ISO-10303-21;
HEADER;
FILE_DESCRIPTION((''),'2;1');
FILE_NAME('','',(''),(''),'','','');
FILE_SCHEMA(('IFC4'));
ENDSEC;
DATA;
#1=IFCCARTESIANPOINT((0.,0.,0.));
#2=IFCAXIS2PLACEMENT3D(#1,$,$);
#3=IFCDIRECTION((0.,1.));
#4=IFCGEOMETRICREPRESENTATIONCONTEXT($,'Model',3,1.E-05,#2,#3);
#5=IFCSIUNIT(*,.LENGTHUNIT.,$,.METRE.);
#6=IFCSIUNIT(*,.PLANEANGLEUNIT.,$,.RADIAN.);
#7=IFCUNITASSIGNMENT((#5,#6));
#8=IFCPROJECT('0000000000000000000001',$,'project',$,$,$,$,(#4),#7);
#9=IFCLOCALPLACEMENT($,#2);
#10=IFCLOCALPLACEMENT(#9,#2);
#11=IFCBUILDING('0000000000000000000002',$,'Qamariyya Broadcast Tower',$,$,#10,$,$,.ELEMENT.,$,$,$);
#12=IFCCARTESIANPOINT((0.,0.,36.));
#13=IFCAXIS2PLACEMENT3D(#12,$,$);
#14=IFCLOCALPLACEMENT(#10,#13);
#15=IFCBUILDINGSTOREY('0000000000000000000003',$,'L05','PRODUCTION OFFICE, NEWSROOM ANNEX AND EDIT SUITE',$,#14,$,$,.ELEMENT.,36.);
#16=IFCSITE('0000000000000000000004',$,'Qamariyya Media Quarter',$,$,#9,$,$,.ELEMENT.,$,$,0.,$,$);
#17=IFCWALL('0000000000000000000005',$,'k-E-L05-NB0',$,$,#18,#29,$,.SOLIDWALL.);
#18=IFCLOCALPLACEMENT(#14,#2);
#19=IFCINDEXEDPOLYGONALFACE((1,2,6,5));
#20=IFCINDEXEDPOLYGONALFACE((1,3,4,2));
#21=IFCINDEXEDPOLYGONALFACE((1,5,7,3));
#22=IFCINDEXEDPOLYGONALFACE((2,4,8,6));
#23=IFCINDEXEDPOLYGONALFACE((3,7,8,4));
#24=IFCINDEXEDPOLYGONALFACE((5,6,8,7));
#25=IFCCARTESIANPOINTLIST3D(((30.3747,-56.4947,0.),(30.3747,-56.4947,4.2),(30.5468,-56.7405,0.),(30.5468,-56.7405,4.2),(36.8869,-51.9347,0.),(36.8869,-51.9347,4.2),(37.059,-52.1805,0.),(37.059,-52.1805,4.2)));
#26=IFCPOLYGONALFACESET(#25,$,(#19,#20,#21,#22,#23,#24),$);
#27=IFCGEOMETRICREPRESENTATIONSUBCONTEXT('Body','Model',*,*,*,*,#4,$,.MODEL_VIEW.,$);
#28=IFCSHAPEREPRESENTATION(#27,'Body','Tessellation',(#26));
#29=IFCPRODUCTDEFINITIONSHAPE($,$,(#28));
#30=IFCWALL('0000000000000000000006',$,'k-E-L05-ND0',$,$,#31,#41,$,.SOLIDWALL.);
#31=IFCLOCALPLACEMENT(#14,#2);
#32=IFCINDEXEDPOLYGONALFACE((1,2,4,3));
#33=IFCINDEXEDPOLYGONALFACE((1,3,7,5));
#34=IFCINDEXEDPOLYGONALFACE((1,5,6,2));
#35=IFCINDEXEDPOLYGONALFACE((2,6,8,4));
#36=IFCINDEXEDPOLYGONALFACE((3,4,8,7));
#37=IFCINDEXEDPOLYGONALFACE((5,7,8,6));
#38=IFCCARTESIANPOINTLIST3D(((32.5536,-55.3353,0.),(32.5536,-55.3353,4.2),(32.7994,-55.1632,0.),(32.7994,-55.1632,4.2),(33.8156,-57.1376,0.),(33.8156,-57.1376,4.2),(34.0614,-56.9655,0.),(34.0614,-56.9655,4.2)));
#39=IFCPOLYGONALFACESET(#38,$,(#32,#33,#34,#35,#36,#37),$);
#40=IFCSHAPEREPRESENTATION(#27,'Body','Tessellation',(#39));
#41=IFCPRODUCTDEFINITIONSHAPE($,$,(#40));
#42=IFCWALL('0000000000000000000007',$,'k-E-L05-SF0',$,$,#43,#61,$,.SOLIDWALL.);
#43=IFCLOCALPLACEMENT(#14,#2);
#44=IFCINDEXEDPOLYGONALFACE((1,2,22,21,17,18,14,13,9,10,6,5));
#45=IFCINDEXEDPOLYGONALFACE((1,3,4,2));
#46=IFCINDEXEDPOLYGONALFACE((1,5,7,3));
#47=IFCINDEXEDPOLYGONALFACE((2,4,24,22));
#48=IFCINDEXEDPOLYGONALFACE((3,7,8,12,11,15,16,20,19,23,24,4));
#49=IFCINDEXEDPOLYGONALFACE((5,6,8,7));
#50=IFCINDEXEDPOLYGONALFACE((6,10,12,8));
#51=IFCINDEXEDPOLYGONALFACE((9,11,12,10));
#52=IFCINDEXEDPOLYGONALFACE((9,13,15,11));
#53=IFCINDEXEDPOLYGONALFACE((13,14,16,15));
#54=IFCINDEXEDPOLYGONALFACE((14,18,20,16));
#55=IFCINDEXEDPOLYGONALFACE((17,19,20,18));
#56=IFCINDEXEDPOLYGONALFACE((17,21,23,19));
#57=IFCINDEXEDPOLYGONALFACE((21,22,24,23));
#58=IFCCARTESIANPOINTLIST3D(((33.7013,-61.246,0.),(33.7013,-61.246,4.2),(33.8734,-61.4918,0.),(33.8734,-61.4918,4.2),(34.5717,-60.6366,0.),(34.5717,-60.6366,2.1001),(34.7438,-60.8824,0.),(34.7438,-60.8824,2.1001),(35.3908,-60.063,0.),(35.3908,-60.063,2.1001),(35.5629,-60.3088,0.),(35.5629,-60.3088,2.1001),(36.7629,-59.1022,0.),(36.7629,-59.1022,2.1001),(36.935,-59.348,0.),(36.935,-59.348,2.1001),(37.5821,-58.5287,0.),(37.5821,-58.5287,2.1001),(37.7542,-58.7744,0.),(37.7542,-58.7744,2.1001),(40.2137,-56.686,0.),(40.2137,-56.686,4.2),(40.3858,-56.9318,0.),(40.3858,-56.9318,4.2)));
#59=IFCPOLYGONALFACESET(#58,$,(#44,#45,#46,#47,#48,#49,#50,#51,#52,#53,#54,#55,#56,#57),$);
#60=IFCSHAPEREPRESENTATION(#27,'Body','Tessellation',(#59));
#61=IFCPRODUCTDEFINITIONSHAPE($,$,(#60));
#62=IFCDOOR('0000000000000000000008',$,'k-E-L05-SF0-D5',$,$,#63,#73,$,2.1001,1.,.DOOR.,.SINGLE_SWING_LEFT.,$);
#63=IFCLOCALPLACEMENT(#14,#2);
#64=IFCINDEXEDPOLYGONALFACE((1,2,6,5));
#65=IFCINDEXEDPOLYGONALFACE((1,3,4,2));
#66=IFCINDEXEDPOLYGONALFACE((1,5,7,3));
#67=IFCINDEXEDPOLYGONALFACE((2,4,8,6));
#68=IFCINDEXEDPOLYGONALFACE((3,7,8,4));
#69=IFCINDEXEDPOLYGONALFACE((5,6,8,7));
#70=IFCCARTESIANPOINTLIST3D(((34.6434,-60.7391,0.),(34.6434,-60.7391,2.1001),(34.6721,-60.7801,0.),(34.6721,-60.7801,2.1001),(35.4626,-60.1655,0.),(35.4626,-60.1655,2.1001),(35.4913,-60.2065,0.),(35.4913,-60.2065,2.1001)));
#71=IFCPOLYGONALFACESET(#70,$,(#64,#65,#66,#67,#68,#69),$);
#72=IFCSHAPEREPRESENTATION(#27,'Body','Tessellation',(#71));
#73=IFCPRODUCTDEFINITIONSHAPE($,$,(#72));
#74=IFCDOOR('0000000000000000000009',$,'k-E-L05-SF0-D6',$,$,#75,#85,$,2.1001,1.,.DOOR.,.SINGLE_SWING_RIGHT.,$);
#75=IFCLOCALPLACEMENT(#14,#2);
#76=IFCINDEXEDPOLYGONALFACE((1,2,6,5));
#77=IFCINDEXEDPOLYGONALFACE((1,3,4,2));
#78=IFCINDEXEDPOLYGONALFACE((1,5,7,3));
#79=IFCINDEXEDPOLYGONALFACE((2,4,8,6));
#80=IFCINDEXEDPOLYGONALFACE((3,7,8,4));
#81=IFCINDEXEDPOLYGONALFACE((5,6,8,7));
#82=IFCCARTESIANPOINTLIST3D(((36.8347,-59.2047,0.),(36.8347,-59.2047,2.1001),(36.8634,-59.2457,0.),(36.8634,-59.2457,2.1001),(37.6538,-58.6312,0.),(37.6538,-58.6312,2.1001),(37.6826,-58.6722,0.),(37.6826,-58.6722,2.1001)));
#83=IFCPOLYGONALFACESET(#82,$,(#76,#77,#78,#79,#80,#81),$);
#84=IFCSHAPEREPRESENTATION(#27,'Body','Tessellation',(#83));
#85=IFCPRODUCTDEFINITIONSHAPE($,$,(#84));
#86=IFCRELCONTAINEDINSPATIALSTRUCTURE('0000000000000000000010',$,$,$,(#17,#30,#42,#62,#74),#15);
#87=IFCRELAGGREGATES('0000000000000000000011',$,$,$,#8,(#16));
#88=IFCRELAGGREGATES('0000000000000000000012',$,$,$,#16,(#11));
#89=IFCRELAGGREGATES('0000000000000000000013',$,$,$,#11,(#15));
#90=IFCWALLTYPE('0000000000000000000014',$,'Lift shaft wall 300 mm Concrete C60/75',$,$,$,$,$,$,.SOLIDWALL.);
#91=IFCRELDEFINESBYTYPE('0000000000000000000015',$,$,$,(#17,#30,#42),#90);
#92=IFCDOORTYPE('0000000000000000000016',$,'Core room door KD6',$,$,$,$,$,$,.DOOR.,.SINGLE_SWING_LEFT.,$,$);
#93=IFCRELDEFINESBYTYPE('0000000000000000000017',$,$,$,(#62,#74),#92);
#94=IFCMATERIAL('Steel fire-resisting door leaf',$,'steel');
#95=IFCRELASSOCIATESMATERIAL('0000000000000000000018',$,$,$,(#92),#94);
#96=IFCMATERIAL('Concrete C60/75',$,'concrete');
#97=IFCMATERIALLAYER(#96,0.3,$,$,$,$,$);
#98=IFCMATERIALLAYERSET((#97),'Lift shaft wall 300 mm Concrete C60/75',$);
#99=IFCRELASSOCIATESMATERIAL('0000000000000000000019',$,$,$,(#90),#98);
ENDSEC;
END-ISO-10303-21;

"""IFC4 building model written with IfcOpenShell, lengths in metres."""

from ifc_helpers import new_model, si_unit, direction, frame, frame_2d, origin, place, context, subcontext, project, spatial, rectangle, extrude, material, layer, layer_set, type_object, element, fill, save


model = new_model("IFC4")

# Units and contexts
model_context = context("Model", 3, precision=1e-05, world=origin(), true_north=direction((0.0, 1.0)))
body_context = subcontext(model_context, "Body", "Model", "MODEL_VIEW")
ifc_project = project(units=[si_unit("LENGTHUNIT", "METRE"), si_unit("PLANEANGLEUNIT", "RADIAN")], contexts=[model_context])

# Site, building, storey
site_placement = place(None, origin())
site = spatial("IfcSite", under=ifc_project, at=site_placement, Name="Qamariyya Media Quarter", CompositionType="ELEMENT", RefElevation=0.0)
building_placement = place(site_placement, origin())
building = spatial("IfcBuilding", under=site, at=building_placement, Name="Qamariyya Broadcast Tower", CompositionType="ELEMENT")
storey_placement = place(building_placement, frame((0.0, 0.0, 36.0)))
storey = spatial("IfcBuildingStorey", under=building, at=storey_placement, Name="L05", Description="PRODUCTION OFFICE, NEWSROOM ANNEX AND EDIT SUITE", CompositionType="ELEMENT", Elevation=36.0)

# Shared definitions
ifc_material_1 = material(Name="Steel fire-resisting door leaf", Category="steel")
door_type_1 = type_object("IfcDoorType", Name="Core room door KD6", OperationType="SINGLE_SWING_LEFT", PredefinedType="DOOR", material=ifc_material_1)

# Shared definitions
ifc_material_2 = material(Name="Concrete C60/75", Category="concrete")
ifc_layer_1 = layer(ifc_material_2, 0.3)
ifc_layer_set_1 = layer_set([ifc_layer_1], Name="Lift shaft wall 300 mm Concrete C60/75")
wall_type_1 = type_object("IfcWallType", Name="Lift shaft wall 300 mm Concrete C60/75", PredefinedType="SOLIDWALL", material=ifc_layer_set_1)

# Walls
wall_1_placement = place(storey_placement, frame((30.4607, -56.6177, 0.0), z_axis=(0.0, 0.0, 1.0), x_axis=(0.819142, 0.57359, 0.0)))
element("IfcWall", 1, at=wall_1_placement, inside=storey, type_object=wall_type_1, Name="k-E-L05-NB0", PredefinedType="SOLIDWALL", context=body_context, shape_type="SweptSolid", body=[
    extrude(rectangle(XDim=7.95, YDim=0.3, at=frame_2d((3.9751, 0.0))), origin(), (0.0, 0.0, 1.0), 4.2),
])
wall_2_placement = place(storey_placement, frame((33.9385, -57.0515, 0.0), z_axis=(0.0, 0.0, 1.0), x_axis=(-0.573581, 0.819149, 0.0)))
element("IfcWall", 2, at=wall_2_placement, inside=storey, type_object=wall_type_1, Name="k-E-L05-ND0", PredefinedType="SOLIDWALL", context=body_context, shape_type="SweptSolid", body=[
    extrude(rectangle(XDim=2.2002, YDim=0.3, at=frame_2d((1.1001, 0.0))), origin(), (0.0, 0.0, 1.0), 4.2),
])

# Wall, openings, doors
wall_3_placement = place(storey_placement, frame((33.7874, -61.3689, 0.0), z_axis=(0.0, 0.0, 1.0), x_axis=(0.819153, 0.573576, 0.0)))
wall_3 = element("IfcWall", 3, at=wall_3_placement, inside=storey, type_object=wall_type_1, Name="k-E-L05-SF0", PredefinedType="SOLIDWALL", context=body_context, shape_type="SweptSolid", body=[
    extrude(rectangle(XDim=7.9502, YDim=0.3, at=frame_2d((3.9751, 0.0))), origin(), (0.0, 0.0, 1.0), 4.2),
])
opening_1_placement = place(wall_3_placement, frame((1.0625, 0.0, 0.0)))
opening_1 = element("IfcOpeningElement", 4, at=opening_1_placement, cuts=wall_3, PredefinedType="OPENING", context=body_context, shape_type="SweptSolid", body=[
    extrude(rectangle(XDim=1.0, YDim=2.1001, at=frame_2d((0.5, 1.05))), frame((0.0, 0.1599, 0.0), z_axis=(0.0, -1.0, 0.0), x_axis=(1.0, 0.0, 0.0)), (0.0, 0.0, 1.0), 0.3201),
])
opening_2_placement = place(wall_3_placement, frame((3.7375, 0.0, 0.0)))
opening_2 = element("IfcOpeningElement", 5, at=opening_2_placement, cuts=wall_3, PredefinedType="OPENING", context=body_context, shape_type="SweptSolid", body=[
    extrude(rectangle(XDim=1.0, YDim=2.1001, at=frame_2d((0.5, 1.05))), frame((0.0, 0.1599, 0.0), z_axis=(0.0, -1.0, 0.0), x_axis=(1.0, 0.0, 0.0)), (0.0, 0.0, 1.0), 0.3201),
])
door_1_placement = place(opening_1_placement, origin())
door_1 = element("IfcDoor", 6, at=door_1_placement, inside=storey, type_object=door_type_1, Name="k-E-L05-SF0-D5", OperationType="SINGLE_SWING_LEFT", OverallHeight=2.1001, OverallWidth=1.0, PredefinedType="DOOR", context=body_context, shape_type="SweptSolid", body=[
    extrude(rectangle(XDim=1.0, YDim=2.1001, at=frame_2d((0.5, 1.05))), frame((0.0, 0.0249, 0.0), z_axis=(0.0, -1.0, 0.0), x_axis=(1.0, 0.0, 0.0)), (0.0, 0.0, 1.0), 0.05),
])
fill(opening_1, door_1)
door_2_placement = place(opening_2_placement, origin())
door_2 = element("IfcDoor", 7, at=door_2_placement, inside=storey, type_object=door_type_1, Name="k-E-L05-SF0-D6", OperationType="SINGLE_SWING_RIGHT", OverallHeight=2.1001, OverallWidth=1.0, PredefinedType="DOOR", context=body_context, shape_type="SweptSolid", body=[
    extrude(rectangle(XDim=1.0, YDim=2.1001, at=frame_2d((0.5, 1.05))), frame((0.0, 0.0249, 0.0), z_axis=(0.0, -1.0, 0.0), x_axis=(1.0, 0.0, 0.0)), (0.0, 0.0, 1.0), 0.05),
])
fill(opening_2, door_2)

save(model, "model.ifc")
